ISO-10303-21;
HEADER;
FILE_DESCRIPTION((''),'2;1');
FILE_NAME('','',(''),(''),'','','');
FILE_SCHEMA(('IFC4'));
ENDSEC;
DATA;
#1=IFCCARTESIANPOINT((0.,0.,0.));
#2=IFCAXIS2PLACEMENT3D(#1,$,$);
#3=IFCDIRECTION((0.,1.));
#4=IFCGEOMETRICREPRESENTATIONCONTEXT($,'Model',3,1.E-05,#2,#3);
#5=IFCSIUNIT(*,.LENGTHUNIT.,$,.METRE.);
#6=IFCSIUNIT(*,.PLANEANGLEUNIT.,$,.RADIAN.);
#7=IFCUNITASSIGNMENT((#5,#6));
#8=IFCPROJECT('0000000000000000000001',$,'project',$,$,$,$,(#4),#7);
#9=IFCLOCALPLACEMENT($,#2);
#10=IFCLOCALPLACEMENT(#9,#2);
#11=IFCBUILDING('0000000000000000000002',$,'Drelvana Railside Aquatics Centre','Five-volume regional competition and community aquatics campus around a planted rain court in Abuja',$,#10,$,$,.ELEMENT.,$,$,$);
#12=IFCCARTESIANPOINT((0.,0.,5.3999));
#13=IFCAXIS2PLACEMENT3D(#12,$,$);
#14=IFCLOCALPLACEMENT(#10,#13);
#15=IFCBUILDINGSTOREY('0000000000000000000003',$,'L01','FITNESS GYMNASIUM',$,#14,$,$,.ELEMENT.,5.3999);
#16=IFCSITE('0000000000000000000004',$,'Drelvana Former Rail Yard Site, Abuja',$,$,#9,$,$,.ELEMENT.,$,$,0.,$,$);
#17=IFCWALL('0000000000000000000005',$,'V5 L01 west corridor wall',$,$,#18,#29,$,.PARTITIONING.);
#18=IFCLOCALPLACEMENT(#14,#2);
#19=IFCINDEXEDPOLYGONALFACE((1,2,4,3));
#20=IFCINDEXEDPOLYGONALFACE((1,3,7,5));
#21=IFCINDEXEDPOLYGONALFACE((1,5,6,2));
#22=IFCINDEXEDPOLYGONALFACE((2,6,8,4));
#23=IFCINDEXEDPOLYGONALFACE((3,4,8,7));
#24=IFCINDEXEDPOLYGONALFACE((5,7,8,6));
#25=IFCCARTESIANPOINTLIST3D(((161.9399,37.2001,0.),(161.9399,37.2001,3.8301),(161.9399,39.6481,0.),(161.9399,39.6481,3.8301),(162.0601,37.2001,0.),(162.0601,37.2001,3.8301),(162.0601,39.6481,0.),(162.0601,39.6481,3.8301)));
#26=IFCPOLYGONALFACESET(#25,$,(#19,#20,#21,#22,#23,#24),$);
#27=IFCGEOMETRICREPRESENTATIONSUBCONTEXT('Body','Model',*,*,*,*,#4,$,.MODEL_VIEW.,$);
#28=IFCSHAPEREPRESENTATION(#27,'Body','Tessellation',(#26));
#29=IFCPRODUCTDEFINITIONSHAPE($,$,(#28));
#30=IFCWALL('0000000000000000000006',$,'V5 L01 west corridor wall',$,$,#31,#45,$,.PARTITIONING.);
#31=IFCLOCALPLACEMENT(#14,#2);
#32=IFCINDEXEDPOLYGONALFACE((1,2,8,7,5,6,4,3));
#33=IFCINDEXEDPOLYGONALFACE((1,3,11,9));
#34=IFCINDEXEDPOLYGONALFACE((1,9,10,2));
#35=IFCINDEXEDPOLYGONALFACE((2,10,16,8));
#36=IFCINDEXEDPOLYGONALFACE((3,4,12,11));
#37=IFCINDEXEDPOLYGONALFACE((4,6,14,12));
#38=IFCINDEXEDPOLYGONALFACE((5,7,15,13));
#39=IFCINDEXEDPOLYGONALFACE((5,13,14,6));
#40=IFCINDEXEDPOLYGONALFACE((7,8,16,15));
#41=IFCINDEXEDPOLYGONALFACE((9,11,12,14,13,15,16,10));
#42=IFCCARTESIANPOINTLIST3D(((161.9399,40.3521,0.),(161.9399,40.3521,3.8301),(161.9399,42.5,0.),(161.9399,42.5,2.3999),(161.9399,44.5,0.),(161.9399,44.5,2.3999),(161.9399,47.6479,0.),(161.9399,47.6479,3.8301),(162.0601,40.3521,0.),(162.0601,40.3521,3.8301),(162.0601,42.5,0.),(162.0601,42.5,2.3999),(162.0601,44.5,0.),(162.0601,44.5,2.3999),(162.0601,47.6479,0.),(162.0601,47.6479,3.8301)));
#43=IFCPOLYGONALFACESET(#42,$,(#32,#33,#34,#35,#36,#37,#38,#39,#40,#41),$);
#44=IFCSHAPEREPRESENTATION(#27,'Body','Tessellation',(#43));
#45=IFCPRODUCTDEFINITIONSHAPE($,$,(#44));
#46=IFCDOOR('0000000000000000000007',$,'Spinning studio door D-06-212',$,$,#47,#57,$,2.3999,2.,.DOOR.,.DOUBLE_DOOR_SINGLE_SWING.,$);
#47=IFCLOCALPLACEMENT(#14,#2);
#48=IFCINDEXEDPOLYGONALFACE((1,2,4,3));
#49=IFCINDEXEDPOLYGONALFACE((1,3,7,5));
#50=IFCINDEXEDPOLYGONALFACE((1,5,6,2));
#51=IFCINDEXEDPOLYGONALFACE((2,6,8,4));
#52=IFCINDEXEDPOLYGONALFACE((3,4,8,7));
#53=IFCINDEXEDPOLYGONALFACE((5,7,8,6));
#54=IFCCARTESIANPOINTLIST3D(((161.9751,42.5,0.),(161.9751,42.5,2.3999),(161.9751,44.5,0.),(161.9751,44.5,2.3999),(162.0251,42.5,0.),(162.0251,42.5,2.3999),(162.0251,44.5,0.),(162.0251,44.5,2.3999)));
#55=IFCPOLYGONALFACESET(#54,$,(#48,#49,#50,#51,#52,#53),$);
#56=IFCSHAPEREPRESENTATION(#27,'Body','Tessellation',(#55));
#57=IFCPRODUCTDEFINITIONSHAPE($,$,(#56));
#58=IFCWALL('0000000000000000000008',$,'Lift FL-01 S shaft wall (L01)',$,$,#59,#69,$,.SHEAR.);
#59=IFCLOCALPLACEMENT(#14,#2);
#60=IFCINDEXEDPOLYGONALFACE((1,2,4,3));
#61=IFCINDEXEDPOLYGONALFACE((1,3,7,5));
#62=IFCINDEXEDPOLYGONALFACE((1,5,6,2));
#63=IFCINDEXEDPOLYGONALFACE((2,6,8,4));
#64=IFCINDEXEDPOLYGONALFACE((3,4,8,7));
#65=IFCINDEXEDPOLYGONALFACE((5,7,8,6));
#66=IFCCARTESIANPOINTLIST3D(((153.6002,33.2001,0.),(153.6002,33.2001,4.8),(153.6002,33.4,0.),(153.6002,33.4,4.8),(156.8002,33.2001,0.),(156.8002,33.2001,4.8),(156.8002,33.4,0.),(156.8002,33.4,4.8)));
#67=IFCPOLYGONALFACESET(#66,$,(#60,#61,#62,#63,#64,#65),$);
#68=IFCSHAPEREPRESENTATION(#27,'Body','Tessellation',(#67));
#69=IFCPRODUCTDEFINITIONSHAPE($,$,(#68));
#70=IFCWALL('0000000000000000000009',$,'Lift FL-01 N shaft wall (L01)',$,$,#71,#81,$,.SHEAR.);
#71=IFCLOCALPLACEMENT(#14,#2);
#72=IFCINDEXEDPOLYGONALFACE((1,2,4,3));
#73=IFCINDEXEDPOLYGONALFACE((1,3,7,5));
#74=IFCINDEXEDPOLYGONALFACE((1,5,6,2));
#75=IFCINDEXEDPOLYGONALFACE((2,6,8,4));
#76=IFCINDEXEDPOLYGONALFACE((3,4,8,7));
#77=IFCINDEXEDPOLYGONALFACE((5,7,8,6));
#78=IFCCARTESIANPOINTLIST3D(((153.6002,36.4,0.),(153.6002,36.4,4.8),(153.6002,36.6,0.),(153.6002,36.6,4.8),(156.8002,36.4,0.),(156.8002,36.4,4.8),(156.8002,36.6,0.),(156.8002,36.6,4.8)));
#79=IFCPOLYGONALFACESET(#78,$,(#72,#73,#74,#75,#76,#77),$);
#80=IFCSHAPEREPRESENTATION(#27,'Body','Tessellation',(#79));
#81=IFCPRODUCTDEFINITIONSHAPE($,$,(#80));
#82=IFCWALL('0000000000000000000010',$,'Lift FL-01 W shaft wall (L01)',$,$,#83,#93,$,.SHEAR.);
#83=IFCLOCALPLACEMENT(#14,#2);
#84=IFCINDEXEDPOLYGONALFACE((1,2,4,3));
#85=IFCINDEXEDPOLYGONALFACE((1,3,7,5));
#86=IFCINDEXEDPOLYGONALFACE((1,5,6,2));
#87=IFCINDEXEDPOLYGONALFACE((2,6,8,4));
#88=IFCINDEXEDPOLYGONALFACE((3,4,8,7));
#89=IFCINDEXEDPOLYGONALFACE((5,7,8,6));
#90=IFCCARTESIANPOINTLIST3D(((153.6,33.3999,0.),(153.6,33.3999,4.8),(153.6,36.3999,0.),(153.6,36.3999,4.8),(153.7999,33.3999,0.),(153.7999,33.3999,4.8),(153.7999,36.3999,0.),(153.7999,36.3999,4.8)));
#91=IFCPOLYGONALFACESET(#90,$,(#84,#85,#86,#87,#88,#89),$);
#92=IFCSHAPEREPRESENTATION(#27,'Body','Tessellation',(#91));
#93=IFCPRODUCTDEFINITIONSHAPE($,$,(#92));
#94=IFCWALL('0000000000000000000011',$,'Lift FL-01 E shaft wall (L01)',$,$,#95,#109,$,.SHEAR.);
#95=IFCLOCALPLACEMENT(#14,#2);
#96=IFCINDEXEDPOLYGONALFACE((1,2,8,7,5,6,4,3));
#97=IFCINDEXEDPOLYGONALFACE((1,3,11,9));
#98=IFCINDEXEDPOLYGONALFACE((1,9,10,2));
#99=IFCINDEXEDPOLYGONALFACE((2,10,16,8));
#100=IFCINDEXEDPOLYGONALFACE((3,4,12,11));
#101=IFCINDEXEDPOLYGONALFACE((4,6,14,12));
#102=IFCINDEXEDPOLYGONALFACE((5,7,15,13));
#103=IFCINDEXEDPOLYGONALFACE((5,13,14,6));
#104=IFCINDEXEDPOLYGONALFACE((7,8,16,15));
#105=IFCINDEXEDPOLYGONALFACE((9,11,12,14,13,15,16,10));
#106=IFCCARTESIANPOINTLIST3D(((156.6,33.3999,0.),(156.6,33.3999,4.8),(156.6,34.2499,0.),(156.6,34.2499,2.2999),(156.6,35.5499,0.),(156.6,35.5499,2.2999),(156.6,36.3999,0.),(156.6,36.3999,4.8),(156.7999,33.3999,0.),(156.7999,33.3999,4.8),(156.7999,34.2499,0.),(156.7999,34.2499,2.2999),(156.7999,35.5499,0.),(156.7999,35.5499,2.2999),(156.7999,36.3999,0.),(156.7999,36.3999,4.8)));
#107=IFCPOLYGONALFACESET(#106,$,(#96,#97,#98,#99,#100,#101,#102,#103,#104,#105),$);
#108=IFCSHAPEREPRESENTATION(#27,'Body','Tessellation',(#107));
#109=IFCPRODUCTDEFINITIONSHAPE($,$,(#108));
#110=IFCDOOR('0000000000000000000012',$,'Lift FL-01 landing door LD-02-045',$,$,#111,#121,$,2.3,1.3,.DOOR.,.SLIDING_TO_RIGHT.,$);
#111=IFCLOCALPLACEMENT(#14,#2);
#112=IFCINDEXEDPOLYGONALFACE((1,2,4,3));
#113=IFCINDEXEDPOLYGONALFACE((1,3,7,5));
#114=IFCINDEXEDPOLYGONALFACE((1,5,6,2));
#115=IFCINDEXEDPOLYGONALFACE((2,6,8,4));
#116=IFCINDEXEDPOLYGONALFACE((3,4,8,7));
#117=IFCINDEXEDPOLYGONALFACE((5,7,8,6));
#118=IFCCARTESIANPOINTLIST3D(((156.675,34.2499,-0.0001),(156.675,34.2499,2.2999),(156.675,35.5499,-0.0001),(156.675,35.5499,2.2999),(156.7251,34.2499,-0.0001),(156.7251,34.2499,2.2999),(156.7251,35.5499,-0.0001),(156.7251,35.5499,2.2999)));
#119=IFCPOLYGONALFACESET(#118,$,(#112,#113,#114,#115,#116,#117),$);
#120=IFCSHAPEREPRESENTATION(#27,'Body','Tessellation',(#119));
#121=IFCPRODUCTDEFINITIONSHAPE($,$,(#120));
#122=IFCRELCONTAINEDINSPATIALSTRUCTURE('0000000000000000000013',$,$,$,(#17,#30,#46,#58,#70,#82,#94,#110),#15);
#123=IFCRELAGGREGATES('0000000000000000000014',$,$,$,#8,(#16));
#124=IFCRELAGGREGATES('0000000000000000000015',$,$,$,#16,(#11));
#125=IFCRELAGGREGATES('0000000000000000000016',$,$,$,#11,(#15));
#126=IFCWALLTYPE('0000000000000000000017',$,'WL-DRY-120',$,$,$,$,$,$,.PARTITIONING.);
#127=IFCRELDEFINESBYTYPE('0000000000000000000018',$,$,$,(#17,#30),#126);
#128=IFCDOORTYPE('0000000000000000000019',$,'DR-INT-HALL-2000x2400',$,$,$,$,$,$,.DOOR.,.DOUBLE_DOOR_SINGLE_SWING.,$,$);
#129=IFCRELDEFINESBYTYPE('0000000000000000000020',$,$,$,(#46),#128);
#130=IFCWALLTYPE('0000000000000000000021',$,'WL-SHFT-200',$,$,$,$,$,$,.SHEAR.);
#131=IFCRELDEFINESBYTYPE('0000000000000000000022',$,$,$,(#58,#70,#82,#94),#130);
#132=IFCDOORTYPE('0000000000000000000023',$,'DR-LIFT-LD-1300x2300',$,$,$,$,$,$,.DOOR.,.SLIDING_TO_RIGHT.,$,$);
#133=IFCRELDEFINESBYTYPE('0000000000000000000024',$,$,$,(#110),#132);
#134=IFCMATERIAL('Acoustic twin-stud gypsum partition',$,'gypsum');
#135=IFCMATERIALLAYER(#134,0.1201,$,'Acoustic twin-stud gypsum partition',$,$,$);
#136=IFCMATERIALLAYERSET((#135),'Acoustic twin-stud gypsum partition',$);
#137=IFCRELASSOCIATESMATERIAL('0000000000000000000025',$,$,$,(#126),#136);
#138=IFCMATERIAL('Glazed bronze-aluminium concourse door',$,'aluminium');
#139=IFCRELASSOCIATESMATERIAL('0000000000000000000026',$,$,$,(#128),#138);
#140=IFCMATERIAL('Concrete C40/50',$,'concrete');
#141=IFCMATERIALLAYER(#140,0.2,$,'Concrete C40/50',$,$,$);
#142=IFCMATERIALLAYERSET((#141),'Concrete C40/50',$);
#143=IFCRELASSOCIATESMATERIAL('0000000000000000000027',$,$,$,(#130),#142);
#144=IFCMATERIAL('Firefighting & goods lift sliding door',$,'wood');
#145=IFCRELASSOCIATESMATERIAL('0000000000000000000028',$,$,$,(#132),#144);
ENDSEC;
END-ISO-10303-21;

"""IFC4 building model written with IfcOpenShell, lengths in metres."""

from ifc_helpers import new_model, si_unit, direction, frame, frame_2d, origin, place, context, subcontext, project, spatial, rectangle, extrude, material, layer, layer_set, type_object, element, fill, save


model = new_model("IFC4")

# Units and contexts
model_context = context("Model", 3, precision=1e-05, world=origin(), true_north=direction((0.0, 1.0)))
body_context = subcontext(model_context, "Body", "Model", "MODEL_VIEW")
ifc_project = project(units=[si_unit("LENGTHUNIT", "METRE"), si_unit("PLANEANGLEUNIT", "RADIAN")], contexts=[model_context])

# Site, building, storey
site_placement = place(None, origin())
site = spatial("IfcSite", under=ifc_project, at=site_placement, Name="Drelvana Former Rail Yard Site, Abuja", CompositionType="ELEMENT", RefElevation=0.0)
building_placement = place(site_placement, origin())
building = spatial("IfcBuilding", under=site, at=building_placement, Name="Drelvana Railside Aquatics Centre", Description="Five-volume regional competition and community aquatics campus around a planted rain court in Abuja", CompositionType="ELEMENT")
storey_placement = place(building_placement, frame((0.0, 0.0, 5.3999)))
storey = spatial("IfcBuildingStorey", under=building, at=storey_placement, Name="L01", Description="FITNESS GYMNASIUM", CompositionType="ELEMENT", Elevation=5.3999)

# Shared definitions
ifc_material_1 = material(Name="Concrete C40/50", Category="concrete")

# Wall
ifc_material_2 = material(Name="Acoustic twin-stud gypsum partition", Category="gypsum")
ifc_layer_1 = layer(ifc_material_2, 0.1201, Name="Acoustic twin-stud gypsum partition")
ifc_layer_set_1 = layer_set([ifc_layer_1], Name="Acoustic twin-stud gypsum partition")
wall_type_1 = type_object("IfcWallType", Name="WL-DRY-120", PredefinedType="PARTITIONING", material=ifc_layer_set_1)
wall_1_placement = place(storey_placement, frame((162.0, 37.2, 0.0), z_axis=(0.0, 0.0, 1.0), x_axis=(0.0, 1.0, 0.0)))
element("IfcWall", 1, at=wall_1_placement, inside=storey, type_object=wall_type_1, Name="V5 L01 west corridor wall", PredefinedType="PARTITIONING", context=body_context, shape_type="SweptSolid", body=[
    extrude(rectangle(XDim=2.448, YDim=0.1201, at=frame_2d((1.2241, 0.0))), origin(), (0.0, 0.0, 1.0), 3.8301),
])

# Wall, opening, door
wall_2_placement = place(storey_placement, frame((162.0, 40.3521, 0.0), z_axis=(0.0, 0.0, 1.0), x_axis=(0.0, 1.0, 0.0)))
wall_2 = element("IfcWall", 2, at=wall_2_placement, inside=storey, type_object=wall_type_1, Name="V5 L01 west corridor wall", PredefinedType="PARTITIONING", context=body_context, shape_type="SweptSolid", body=[
    extrude(rectangle(XDim=7.2959, YDim=0.1201, at=frame_2d((3.6479, 0.0))), origin(), (0.0, 0.0, 1.0), 3.8301),
])
opening_1_placement = place(wall_2_placement, frame((2.1479, 0.0, 0.0)))
opening_1 = element("IfcOpeningElement", 3, at=opening_1_placement, cuts=wall_2, PredefinedType="OPENING", context=body_context, shape_type="SweptSolid", body=[
    extrude(rectangle(XDim=2.0, YDim=2.3999, at=frame_2d((1.0, 1.2))), frame((0.0, 0.0701, 0.0), z_axis=(0.0, -1.0, 0.0), x_axis=(1.0, 0.0, 0.0)), (0.0, 0.0, 1.0), 0.1401),
])
ifc_material_3 = material(Name="Glazed bronze-aluminium concourse door", Category="aluminium")
door_type_1 = type_object("IfcDoorType", Name="DR-INT-HALL-2000x2400", OperationType="DOUBLE_DOOR_SINGLE_SWING", PredefinedType="DOOR", material=ifc_material_3)
door_1_placement = place(opening_1_placement, origin())
door_1 = element("IfcDoor", 4, at=door_1_placement, inside=storey, type_object=door_type_1, Name="Spinning studio door D-06-212", OperationType="DOUBLE_DOOR_SINGLE_SWING", OverallHeight=2.3999, OverallWidth=2.0, PredefinedType="DOOR", context=body_context, shape_type="SweptSolid", body=[
    extrude(rectangle(XDim=2.0, YDim=2.3999, at=frame_2d((1.0, 1.2))), frame((0.0, 0.0249, 0.0), z_axis=(0.0, -1.0, 0.0), x_axis=(1.0, 0.0, 0.0)), (0.0, 0.0, 1.0), 0.05),
])
fill(opening_1, door_1)

# Walls
ifc_layer_2 = layer(ifc_material_1, 0.2, Name="Concrete C40/50")
ifc_layer_set_2 = layer_set([ifc_layer_2], Name="Concrete C40/50")
wall_type_2 = type_object("IfcWallType", Name="WL-SHFT-200", PredefinedType="SHEAR", material=ifc_layer_set_2)
for number, where, z_axis, x_axis, name in (
    (5, (153.6001, 33.3, 0.0), (0.0, 0.0, 1.0), (1.0, 0.0, 0.0), "Lift FL-01 S shaft wall (L01)"),
    (6, (153.6001, 36.5, 0.0), (0.0, 0.0, 1.0), (1.0, 0.0, 0.0), "Lift FL-01 N shaft wall (L01)"),
):
    element("IfcWall", number, at=place(storey_placement, frame(where, z_axis=z_axis, x_axis=x_axis)), inside=storey, type_object=wall_type_2, Name=name, PredefinedType="SHEAR", context=body_context, shape_type="SweptSolid", body=[
        extrude(rectangle(XDim=3.2, YDim=0.2, at=frame_2d((1.6001, 0.0))), origin(), (0.0, 0.0, 1.0), 4.8),
    ])
wall_3_placement = place(storey_placement, frame((153.7, 33.3999, 0.0), z_axis=(0.0, 0.0, 1.0), x_axis=(0.0, 1.0, 0.0)))
element("IfcWall", 7, at=wall_3_placement, inside=storey, type_object=wall_type_2, Name="Lift FL-01 W shaft wall (L01)", PredefinedType="SHEAR", context=body_context, shape_type="SweptSolid", body=[
    extrude(rectangle(XDim=3.0, YDim=0.2, at=frame_2d((1.5, 0.0))), origin(), (0.0, 0.0, 1.0), 4.8),
])

# Wall, opening, door
wall_4_placement = place(storey_placement, frame((156.7, 33.3999, 0.0), z_axis=(0.0, 0.0, 1.0), x_axis=(0.0, 1.0, 0.0)))
wall_4 = element("IfcWall", 8, at=wall_4_placement, inside=storey, type_object=wall_type_2, Name="Lift FL-01 E shaft wall (L01)", PredefinedType="SHEAR", context=body_context, shape_type="SweptSolid", body=[
    extrude(rectangle(XDim=3.0, YDim=0.2, at=frame_2d((1.5, 0.0))), origin(), (0.0, 0.0, 1.0), 4.8),
])
opening_2_placement = place(wall_4_placement, frame((0.8501, 0.0, 0.0)))
opening_2 = element("IfcOpeningElement", 9, at=opening_2_placement, cuts=wall_4, PredefinedType="OPENING", context=body_context, shape_type="SweptSolid", body=[
    extrude(rectangle(XDim=1.3, YDim=2.3, at=frame_2d((0.6499, 1.1499))), frame((0.0, 0.1099, 0.0), z_axis=(0.0, -1.0, 0.0), x_axis=(1.0, 0.0, 0.0)), (0.0, 0.0, 1.0), 0.22),
])
ifc_material_4 = material(Name="Firefighting & goods lift sliding door", Category="wood")
door_type_2 = type_object("IfcDoorType", Name="DR-LIFT-LD-1300x2300", OperationType="SLIDING_TO_RIGHT", PredefinedType="DOOR", material=ifc_material_4)
door_2_placement = place(opening_2_placement, origin())
door_2 = element("IfcDoor", 10, at=door_2_placement, inside=storey, type_object=door_type_2, Name="Lift FL-01 landing door LD-02-045", OperationType="SLIDING_TO_RIGHT", OverallHeight=2.3, OverallWidth=1.3, PredefinedType="DOOR", context=body_context, shape_type="SweptSolid", body=[
    extrude(rectangle(XDim=1.3, YDim=2.3, at=frame_2d((0.6499, 1.1499))), frame((0.0, 0.0249, 0.0), z_axis=(0.0, -1.0, 0.0), x_axis=(1.0, 0.0, 0.0)), (0.0, 0.0, 1.0), 0.05),
])
fill(opening_2, door_2)

save(model, "model.ifc")
